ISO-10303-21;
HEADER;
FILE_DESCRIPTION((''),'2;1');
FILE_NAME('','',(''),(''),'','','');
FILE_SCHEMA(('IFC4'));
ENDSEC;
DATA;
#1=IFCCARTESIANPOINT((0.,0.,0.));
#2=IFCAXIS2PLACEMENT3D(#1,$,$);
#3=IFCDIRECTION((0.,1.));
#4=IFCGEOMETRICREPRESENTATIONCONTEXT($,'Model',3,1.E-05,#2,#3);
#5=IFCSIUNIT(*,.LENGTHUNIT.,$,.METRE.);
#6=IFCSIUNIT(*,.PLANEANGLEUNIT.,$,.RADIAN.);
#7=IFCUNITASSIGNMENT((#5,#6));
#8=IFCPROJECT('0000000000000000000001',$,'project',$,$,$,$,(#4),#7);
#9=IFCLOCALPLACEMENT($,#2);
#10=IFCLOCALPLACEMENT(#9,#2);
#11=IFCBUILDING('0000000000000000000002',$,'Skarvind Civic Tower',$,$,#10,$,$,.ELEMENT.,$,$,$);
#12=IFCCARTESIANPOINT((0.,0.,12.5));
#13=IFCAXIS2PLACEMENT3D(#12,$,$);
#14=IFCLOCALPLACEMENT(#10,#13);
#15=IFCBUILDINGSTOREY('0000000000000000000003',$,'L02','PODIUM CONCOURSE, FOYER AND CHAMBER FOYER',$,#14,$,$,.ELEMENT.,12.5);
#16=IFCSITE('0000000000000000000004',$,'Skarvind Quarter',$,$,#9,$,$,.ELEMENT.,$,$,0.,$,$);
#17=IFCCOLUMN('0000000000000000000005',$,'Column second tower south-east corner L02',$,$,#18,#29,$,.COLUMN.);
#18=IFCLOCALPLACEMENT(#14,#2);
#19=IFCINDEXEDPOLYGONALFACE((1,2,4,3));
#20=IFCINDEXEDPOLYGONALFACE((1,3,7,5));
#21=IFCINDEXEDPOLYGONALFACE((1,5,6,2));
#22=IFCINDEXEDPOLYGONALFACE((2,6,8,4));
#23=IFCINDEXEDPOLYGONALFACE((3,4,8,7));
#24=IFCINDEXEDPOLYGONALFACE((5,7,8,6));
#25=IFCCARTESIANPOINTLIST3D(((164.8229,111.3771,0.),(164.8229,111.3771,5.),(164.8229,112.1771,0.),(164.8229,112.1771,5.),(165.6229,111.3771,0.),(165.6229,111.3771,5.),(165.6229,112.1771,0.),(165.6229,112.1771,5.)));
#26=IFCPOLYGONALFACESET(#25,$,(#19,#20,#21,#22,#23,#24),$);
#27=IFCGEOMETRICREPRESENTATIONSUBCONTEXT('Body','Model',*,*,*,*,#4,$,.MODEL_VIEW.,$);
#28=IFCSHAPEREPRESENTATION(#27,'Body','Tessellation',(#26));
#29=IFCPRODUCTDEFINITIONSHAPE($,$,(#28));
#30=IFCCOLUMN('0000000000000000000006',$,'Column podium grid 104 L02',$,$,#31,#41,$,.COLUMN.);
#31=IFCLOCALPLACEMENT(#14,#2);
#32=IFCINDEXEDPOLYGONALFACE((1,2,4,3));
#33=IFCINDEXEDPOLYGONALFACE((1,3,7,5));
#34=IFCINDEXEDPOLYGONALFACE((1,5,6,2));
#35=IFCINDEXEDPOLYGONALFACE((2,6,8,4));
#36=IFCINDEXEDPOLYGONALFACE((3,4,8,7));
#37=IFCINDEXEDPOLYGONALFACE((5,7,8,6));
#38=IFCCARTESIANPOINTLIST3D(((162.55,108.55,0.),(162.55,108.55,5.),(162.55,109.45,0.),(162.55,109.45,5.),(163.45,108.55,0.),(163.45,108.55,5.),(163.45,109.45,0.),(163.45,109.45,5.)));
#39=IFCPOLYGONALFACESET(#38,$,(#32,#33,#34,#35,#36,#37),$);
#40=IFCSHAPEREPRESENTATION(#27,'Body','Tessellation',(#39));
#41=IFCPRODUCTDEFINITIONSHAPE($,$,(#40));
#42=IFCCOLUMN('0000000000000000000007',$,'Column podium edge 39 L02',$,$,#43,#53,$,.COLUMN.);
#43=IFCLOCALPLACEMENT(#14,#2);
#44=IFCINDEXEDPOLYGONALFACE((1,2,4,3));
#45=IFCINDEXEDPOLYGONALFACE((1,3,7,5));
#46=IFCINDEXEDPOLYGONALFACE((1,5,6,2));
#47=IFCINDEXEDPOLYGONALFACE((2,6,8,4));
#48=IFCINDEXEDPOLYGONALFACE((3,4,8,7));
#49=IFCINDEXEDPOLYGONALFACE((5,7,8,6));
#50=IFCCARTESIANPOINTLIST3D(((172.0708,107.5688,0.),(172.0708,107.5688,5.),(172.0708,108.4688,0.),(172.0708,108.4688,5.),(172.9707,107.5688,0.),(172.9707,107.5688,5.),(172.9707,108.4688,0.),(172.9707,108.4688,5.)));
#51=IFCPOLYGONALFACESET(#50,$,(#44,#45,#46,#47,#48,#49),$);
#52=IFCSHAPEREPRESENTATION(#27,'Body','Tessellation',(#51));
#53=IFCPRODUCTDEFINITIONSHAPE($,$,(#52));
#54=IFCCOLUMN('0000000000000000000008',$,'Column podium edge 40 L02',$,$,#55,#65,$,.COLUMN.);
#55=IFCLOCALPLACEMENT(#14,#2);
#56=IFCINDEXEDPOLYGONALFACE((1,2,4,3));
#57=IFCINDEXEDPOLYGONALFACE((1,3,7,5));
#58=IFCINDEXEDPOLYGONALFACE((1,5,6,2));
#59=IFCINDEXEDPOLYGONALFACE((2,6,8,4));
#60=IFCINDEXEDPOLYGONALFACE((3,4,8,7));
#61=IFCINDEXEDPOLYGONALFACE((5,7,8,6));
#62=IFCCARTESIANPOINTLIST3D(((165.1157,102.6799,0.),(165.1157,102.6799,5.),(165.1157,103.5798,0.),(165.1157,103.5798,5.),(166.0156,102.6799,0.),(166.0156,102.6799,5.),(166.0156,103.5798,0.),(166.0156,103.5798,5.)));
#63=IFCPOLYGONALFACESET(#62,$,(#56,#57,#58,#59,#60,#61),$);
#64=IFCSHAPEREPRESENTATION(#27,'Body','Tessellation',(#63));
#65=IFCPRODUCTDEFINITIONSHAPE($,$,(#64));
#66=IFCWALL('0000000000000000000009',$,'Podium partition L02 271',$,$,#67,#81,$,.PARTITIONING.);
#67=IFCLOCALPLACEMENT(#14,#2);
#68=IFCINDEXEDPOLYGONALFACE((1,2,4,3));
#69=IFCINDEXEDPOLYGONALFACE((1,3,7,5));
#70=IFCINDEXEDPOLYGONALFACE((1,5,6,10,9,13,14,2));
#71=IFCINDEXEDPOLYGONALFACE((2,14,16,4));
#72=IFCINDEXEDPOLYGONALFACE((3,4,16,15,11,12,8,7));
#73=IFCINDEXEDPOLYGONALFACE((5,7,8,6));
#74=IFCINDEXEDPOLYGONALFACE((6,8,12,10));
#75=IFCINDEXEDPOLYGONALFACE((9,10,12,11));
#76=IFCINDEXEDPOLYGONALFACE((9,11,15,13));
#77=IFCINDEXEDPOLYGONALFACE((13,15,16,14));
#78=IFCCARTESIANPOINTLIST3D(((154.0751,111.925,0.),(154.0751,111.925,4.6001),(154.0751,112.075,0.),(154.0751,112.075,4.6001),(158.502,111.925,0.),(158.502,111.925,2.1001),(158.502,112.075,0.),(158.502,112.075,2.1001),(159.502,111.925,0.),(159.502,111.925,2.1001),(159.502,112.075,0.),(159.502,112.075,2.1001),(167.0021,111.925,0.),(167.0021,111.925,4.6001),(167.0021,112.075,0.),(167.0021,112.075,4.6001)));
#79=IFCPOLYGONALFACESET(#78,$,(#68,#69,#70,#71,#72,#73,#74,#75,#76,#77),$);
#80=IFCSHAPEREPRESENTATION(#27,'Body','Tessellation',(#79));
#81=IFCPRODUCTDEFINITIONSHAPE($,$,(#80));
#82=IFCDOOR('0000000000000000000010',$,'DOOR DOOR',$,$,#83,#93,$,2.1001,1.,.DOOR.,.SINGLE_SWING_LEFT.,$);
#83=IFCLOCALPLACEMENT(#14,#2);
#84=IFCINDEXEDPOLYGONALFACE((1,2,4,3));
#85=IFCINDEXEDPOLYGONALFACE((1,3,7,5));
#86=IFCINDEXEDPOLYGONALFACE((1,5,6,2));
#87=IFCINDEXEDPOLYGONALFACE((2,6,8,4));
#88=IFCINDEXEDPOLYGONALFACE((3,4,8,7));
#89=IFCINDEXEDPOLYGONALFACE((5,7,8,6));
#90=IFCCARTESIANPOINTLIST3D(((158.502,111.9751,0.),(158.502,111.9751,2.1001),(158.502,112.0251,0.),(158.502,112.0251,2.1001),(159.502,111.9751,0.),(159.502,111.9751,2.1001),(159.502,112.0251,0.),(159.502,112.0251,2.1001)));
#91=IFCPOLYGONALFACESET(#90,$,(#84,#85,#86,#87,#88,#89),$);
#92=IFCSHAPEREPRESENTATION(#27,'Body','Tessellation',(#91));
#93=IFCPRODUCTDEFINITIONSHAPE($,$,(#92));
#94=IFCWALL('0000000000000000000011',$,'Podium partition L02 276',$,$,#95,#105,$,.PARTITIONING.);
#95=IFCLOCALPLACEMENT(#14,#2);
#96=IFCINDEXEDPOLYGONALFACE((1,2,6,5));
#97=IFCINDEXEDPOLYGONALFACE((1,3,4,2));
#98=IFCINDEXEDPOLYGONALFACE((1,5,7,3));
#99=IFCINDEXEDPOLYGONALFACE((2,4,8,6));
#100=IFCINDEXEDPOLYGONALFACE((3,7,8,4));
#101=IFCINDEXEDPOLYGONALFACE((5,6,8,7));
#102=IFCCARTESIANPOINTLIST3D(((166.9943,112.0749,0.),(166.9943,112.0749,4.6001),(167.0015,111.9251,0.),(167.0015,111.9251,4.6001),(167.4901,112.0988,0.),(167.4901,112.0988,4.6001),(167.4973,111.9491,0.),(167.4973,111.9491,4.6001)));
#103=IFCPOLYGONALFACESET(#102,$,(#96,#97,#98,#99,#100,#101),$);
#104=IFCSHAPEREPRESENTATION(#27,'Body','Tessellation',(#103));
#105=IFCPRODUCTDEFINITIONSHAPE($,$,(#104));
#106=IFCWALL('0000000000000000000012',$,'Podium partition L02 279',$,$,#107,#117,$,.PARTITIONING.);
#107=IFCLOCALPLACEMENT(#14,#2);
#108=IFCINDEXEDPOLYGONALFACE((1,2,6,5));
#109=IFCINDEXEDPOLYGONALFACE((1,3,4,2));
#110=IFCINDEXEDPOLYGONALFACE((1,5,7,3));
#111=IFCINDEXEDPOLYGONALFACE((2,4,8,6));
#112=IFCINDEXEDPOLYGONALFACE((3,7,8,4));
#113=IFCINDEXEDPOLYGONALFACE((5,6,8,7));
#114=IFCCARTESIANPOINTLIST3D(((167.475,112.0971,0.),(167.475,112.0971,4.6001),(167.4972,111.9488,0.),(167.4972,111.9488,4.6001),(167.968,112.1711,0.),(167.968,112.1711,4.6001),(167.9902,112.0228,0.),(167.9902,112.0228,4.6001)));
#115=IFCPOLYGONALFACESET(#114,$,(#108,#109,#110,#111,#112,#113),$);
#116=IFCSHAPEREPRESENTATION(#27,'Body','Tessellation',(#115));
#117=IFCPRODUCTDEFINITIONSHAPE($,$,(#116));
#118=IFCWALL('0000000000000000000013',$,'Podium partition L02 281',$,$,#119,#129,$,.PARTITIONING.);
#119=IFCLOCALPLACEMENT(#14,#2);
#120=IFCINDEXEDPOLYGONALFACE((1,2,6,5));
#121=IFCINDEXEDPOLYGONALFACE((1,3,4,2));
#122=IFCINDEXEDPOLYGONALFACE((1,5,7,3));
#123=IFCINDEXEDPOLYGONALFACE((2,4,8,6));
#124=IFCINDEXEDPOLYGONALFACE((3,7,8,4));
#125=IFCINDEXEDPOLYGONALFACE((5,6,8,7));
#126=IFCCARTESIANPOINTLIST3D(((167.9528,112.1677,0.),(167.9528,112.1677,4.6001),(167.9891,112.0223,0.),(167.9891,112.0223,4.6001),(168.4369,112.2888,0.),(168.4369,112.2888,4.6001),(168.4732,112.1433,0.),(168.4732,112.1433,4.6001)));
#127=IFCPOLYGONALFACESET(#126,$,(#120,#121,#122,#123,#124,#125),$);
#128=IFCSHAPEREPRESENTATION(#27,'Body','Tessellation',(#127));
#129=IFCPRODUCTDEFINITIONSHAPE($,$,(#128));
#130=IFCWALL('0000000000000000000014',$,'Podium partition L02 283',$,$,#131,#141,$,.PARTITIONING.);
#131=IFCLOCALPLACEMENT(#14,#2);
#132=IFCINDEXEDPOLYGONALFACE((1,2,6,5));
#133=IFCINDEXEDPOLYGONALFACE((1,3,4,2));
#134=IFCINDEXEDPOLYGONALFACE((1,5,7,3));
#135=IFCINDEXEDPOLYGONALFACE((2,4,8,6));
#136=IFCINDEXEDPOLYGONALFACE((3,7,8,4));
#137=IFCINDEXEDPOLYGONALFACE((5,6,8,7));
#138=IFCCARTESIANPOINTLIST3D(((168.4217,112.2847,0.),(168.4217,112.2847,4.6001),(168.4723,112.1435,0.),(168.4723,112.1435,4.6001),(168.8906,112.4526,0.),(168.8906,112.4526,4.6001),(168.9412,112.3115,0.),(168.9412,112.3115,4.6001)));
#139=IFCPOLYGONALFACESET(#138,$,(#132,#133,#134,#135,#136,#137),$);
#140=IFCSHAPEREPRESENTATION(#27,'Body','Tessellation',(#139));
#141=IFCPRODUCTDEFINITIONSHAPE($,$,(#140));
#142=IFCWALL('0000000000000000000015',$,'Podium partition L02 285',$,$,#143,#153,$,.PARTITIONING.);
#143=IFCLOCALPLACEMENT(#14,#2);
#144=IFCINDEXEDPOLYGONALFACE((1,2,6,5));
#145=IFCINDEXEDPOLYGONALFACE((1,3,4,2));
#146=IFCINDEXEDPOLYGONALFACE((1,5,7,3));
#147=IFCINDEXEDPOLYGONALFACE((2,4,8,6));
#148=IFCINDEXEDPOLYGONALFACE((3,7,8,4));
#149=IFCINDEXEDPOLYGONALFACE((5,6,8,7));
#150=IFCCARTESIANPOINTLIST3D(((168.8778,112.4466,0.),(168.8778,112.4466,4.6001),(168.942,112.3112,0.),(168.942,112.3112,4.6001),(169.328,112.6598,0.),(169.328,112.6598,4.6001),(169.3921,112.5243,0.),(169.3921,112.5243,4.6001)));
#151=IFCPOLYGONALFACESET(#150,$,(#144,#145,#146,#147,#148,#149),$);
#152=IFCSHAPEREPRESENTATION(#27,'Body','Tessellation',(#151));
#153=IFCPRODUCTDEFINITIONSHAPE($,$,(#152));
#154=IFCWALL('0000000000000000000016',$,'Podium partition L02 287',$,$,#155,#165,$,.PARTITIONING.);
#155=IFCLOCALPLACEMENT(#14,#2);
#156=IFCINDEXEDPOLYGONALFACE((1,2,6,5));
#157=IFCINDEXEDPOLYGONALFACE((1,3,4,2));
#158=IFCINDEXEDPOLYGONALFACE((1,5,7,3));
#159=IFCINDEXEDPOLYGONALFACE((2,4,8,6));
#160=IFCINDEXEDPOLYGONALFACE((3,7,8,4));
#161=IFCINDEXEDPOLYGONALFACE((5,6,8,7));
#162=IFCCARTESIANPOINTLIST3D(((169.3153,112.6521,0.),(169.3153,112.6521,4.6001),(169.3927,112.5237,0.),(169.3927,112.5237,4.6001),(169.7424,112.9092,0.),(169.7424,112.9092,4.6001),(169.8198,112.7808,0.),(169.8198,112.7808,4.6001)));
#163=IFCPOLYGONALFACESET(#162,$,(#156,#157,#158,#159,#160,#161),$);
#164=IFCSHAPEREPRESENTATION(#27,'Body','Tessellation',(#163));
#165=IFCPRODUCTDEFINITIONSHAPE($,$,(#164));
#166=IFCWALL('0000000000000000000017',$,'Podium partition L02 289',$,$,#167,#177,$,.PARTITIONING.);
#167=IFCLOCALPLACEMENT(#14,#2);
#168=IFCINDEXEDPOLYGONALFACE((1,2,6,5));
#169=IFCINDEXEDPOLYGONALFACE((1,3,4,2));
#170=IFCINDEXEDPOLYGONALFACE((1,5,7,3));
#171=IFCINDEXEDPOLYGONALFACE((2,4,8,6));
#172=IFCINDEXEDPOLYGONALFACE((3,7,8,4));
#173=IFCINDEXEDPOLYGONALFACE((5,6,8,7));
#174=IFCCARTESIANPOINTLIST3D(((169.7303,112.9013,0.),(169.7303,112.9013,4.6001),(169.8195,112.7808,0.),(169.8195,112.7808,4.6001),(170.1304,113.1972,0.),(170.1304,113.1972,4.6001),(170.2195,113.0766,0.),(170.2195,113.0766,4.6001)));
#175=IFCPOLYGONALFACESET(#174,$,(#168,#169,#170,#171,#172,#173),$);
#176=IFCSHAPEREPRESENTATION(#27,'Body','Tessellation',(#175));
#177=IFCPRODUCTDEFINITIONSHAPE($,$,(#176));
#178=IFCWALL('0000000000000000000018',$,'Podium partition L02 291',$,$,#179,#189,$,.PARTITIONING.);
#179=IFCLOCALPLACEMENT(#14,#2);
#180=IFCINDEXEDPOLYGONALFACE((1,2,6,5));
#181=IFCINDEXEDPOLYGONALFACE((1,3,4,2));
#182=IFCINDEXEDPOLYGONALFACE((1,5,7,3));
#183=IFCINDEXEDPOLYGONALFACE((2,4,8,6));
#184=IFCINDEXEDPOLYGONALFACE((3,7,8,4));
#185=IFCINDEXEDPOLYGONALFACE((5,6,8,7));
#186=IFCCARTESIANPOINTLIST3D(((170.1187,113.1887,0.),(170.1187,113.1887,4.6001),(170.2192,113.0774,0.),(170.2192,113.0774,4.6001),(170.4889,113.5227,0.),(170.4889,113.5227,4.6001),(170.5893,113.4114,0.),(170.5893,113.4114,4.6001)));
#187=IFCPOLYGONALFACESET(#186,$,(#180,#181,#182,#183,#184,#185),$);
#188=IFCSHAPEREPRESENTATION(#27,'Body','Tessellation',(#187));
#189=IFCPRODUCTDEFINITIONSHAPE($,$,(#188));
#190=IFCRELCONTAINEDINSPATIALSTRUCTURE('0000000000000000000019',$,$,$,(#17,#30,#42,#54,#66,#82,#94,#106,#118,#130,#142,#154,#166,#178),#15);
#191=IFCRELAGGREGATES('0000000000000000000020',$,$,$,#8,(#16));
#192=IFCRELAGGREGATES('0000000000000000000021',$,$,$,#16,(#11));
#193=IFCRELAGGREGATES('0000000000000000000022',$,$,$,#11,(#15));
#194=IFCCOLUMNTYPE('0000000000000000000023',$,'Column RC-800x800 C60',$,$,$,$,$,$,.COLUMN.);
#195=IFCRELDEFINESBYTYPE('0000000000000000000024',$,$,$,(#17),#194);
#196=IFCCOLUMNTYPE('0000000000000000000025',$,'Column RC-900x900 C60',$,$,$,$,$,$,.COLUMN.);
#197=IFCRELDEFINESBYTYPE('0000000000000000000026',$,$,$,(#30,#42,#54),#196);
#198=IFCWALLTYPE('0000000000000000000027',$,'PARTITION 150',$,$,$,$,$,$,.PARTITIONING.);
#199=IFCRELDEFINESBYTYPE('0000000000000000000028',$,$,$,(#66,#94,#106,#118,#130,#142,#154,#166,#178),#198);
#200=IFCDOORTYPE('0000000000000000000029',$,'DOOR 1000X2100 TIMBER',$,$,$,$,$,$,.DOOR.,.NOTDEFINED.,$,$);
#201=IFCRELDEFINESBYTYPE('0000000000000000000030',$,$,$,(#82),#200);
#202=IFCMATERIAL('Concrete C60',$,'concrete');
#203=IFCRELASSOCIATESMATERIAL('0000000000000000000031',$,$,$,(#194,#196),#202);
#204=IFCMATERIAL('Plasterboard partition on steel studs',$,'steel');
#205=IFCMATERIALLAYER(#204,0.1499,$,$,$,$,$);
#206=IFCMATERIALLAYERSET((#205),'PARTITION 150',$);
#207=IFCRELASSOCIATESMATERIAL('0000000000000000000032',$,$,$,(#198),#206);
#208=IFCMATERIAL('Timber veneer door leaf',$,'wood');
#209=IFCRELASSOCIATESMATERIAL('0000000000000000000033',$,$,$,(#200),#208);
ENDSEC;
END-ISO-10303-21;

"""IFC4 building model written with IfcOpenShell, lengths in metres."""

from ifc_helpers import new_model, si_unit, direction, frame, frame_2d, origin, origin_2d, place, context, subcontext, project, spatial, rectangle, extrude, material, layer, layer_set, material_profile, profile_set, type_object, element, fill, save


model = new_model("IFC4")

# Units and contexts
model_context = context("Model", 3, precision=1e-05, world=origin(), true_north=direction((0.0, 1.0)))
body_context = subcontext(model_context, "Body", "Model", "MODEL_VIEW")
ifc_project = project(units=[si_unit("LENGTHUNIT", "METRE"), si_unit("PLANEANGLEUNIT", "RADIAN")], contexts=[model_context])

# Site, building, storey
site_placement = place(None, origin())
site = spatial("IfcSite", under=ifc_project, at=site_placement, Name="Skarvind Quarter", CompositionType="ELEMENT", RefElevation=0.0)
building_placement = place(site_placement, origin())
building = spatial("IfcBuilding", under=site, at=building_placement, Name="Skarvind Civic Tower", CompositionType="ELEMENT")
storey_placement = place(building_placement, frame((0.0, 0.0, 12.5)))
storey = spatial("IfcBuildingStorey", under=building, at=storey_placement, Name="L02", Description="PODIUM CONCOURSE, FOYER AND CHAMBER FOYER", CompositionType="ELEMENT", Elevation=12.5)

# Columns
ifc_material_1 = material(Name="Concrete C60", Category="concrete")
ifc_material_profile_1 = material_profile(ifc_material_1, rectangle(XDim=0.8, YDim=0.8, at=origin_2d()), Name="RC-800x800")
ifc_profile_set_1 = profile_set([ifc_material_profile_1], Name="Concrete C60")
column_type_1 = type_object("IfcColumnType", Name="Column RC-800x800 C60", PredefinedType="COLUMN", material=ifc_profile_set_1)
column_placement = place(storey_placement, frame((165.2229, 111.7771, 0.0), z_axis=(0.0, 0.0, 1.0), x_axis=(1.0, 0.0, 0.0)))
element("IfcColumn", 1, at=column_placement, inside=storey, type_object=column_type_1, Name="Column second tower south-east corner L02", PredefinedType="COLUMN", context=body_context, shape_type="SweptSolid", body=[
    extrude(rectangle(XDim=0.8, YDim=0.8, at=origin_2d()), origin(), (0.0, 0.0, 1.0), 5.0),
])
ifc_material_profile_2 = material_profile(ifc_material_1, rectangle(XDim=0.8999, YDim=0.8999, at=origin_2d()), Name="RC-900x900")
ifc_profile_set_2 = profile_set([ifc_material_profile_2], Name="Concrete C60")
column_type_2 = type_object("IfcColumnType", Name="Column RC-900x900 C60", PredefinedType="COLUMN", material=ifc_profile_set_2)
for number, where, z_axis, x_axis, name in (
    (2, (163.0, 109.0, 0.0), (0.0, 0.0, 1.0), (1.0, 0.0, 0.0), "Column podium grid 104 L02"),
    (3, (172.5208, 108.0188, 0.0), (0.0, 0.0, 1.0), (1.0, 0.0, 0.0), "Column podium edge 39 L02"),
    (4, (165.5657, 103.1299, 0.0), (0.0, 0.0, 1.0), (1.0, 0.0, 0.0), "Column podium edge 40 L02"),
):
    element("IfcColumn", number, at=place(storey_placement, frame(where, z_axis=z_axis, x_axis=x_axis)), inside=storey, type_object=column_type_2, Name=name, PredefinedType="COLUMN", context=body_context, shape_type="SweptSolid", body=[
        extrude(rectangle(XDim=0.8999, YDim=0.8999, at=origin_2d()), origin(), (0.0, 0.0, 1.0), 5.0),
    ])

# Wall, opening, door
ifc_material_2 = material(Name="Plasterboard partition on steel studs", Category="steel")
ifc_layer_1 = layer(ifc_material_2, 0.1499)
ifc_layer_set_1 = layer_set([ifc_layer_1], Name="PARTITION 150")
wall_type_1 = type_object("IfcWallType", Name="PARTITION 150", PredefinedType="PARTITIONING", material=ifc_layer_set_1)
wall_1_placement = place(storey_placement, frame((167.002, 112.0, 0.0), z_axis=(0.0, 0.0, 1.0), x_axis=(-1.0, 0.0, 0.0)))
wall_1 = element("IfcWall", 5, at=wall_1_placement, inside=storey, type_object=wall_type_1, Name="Podium partition L02 271", PredefinedType="PARTITIONING", context=body_context, shape_type="SweptSolid", body=[
    extrude(rectangle(XDim=12.927, YDim=0.1499, at=frame_2d((6.4634, 0.0))), origin(), (0.0, 0.0, 1.0), 4.6001),
])
opening_1_placement = place(wall_1_placement, frame((7.5, 0.0, 0.0)))
opening_1 = element("IfcOpeningElement", 6, at=opening_1_placement, cuts=wall_1, PredefinedType="OPENING", context=body_context, shape_type="SweptSolid", body=[
    extrude(rectangle(XDim=1.0, YDim=2.1001, at=frame_2d((0.5, 1.05))), frame((0.0, 0.085, 0.0), z_axis=(0.0, -1.0, 0.0), x_axis=(1.0, 0.0, 0.0)), (0.0, 0.0, 1.0), 0.1699),
])
ifc_material_3 = material(Name="Timber veneer door leaf", Category="wood")
door_type = type_object("IfcDoorType", Name="DOOR 1000X2100 TIMBER", OperationType="NOTDEFINED", PredefinedType="DOOR", material=ifc_material_3)
door_placement = place(opening_1_placement, origin())
door = element("IfcDoor", 7, at=door_placement, inside=storey, type_object=door_type, Name="DOOR DOOR", OperationType="SINGLE_SWING_LEFT", OverallHeight=2.1001, OverallWidth=1.0, PredefinedType="DOOR", context=body_context, shape_type="SweptSolid", body=[
    extrude(rectangle(XDim=1.0, YDim=2.1001, at=frame_2d((0.5, 1.05))), frame((0.0, 0.0249, 0.0), z_axis=(0.0, -1.0, 0.0), x_axis=(1.0, 0.0, 0.0)), (0.0, 0.0, 1.0), 0.05),
])
fill(opening_1, door)

# Walls
wall_2_placement = place(storey_placement, frame((166.998, 112.0, 0.0), z_axis=(0.0, 0.0, 1.0), x_axis=(0.998838, 0.048196, 0.0)))
element("IfcWall", 8, at=wall_2_placement, inside=storey, type_object=wall_type_1, Name="Podium partition L02 276", PredefinedType="PARTITIONING", context=body_context, shape_type="SweptSolid", body=[
    extrude(rectangle(XDim=0.4963, YDim=0.1499, at=frame_2d((0.248, 0.0))), origin(), (0.0, 0.0, 1.0), 4.6001),
])
wall_3_placement = place(storey_placement, frame((167.4861, 112.0229, 0.0), z_axis=(0.0, 0.0, 1.0), x_axis=(0.988926, 0.148412, 0.0)))
element("IfcWall", 9, at=wall_3_placement, inside=storey, type_object=wall_type_1, Name="Podium partition L02 279", PredefinedType="PARTITIONING", context=body_context, shape_type="SweptSolid", body=[
    extrude(rectangle(XDim=0.4985, YDim=0.1499, at=frame_2d((0.2493, 0.0))), origin(), (0.0, 0.0, 1.0), 4.6001),
])
wall_4_placement = place(storey_placement, frame((167.9709, 112.095, 0.0), z_axis=(0.0, 0.0, 1.0), x_axis=(0.970114, 0.242651, 0.0)))
element("IfcWall", 10, at=wall_4_placement, inside=storey, type_object=wall_type_1, Name="Podium partition L02 281", PredefinedType="PARTITIONING", context=body_context, shape_type="SweptSolid", body=[
    extrude(rectangle(XDim=0.499, YDim=0.1499, at=frame_2d((0.2495, 0.0))), origin(), (0.0, 0.0, 1.0), 4.6001),
])
for number, where, z_axis, x_axis, name in (
    (11, (168.447, 112.2141, 0.0), (0.0, 0.0, 1.0), (0.941442, 0.337174, 0.0), "Podium partition L02 283"),
    (12, (168.9099, 112.3789, 0.0), (0.0, 0.0, 1.0), (0.903828, 0.427897, 0.0), "Podium partition L02 285"),
):
    element("IfcWall", number, at=place(storey_placement, frame(where, z_axis=z_axis, x_axis=x_axis)), inside=storey, type_object=wall_type_1, Name=name, PredefinedType="PARTITIONING", context=body_context, shape_type="SweptSolid", body=[
        extrude(rectangle(XDim=0.498, YDim=0.1499, at=frame_2d((0.249, 0.0))), origin(), (0.0, 0.0, 1.0), 4.6001),
    ])
wall_5_placement = place(storey_placement, frame((169.354, 112.5879, 0.0), z_axis=(0.0, 0.0, 1.0), x_axis=(0.856714, 0.515792, 0.0)))
element("IfcWall", 13, at=wall_5_placement, inside=storey, type_object=wall_type_1, Name="Podium partition L02 287", PredefinedType="PARTITIONING", context=body_context, shape_type="SweptSolid", body=[
    extrude(rectangle(XDim=0.4985, YDim=0.1499, at=frame_2d((0.2493, 0.0))), origin(), (0.0, 0.0, 1.0), 4.6001),
])
wall_6_placement = place(storey_placement, frame((169.7749, 112.8411, 0.0), z_axis=(0.0, 0.0, 1.0), x_axis=(0.804044, 0.59457, 0.0)))
element("IfcWall", 14, at=wall_6_placement, inside=storey, type_object=wall_type_1, Name="Podium partition L02 289", PredefinedType="PARTITIONING", context=body_context, shape_type="SweptSolid", body=[
    extrude(rectangle(XDim=0.4976, YDim=0.1499, at=frame_2d((0.2488, 0.0))), origin(), (0.0, 0.0, 1.0), 4.6001),
])
for number, where, z_axis, x_axis, name in (
    (15, (170.1689, 113.1331, 0.0), (0.0, 0.0, 1.0), (0.742417, 0.669938, 0.0), "Podium partition L02 291"),
):
    element("IfcWall", number, at=place(storey_placement, frame(where, z_axis=z_axis, x_axis=x_axis)), inside=storey, type_object=wall_type_1, Name=name, PredefinedType="PARTITIONING", context=body_context, shape_type="SweptSolid", body=[
        extrude(rectangle(XDim=0.4985, YDim=0.1499, at=frame_2d((0.2493, 0.0))), origin(), (0.0, 0.0, 1.0), 4.6001),
    ])

save(model, "model.ifc")
